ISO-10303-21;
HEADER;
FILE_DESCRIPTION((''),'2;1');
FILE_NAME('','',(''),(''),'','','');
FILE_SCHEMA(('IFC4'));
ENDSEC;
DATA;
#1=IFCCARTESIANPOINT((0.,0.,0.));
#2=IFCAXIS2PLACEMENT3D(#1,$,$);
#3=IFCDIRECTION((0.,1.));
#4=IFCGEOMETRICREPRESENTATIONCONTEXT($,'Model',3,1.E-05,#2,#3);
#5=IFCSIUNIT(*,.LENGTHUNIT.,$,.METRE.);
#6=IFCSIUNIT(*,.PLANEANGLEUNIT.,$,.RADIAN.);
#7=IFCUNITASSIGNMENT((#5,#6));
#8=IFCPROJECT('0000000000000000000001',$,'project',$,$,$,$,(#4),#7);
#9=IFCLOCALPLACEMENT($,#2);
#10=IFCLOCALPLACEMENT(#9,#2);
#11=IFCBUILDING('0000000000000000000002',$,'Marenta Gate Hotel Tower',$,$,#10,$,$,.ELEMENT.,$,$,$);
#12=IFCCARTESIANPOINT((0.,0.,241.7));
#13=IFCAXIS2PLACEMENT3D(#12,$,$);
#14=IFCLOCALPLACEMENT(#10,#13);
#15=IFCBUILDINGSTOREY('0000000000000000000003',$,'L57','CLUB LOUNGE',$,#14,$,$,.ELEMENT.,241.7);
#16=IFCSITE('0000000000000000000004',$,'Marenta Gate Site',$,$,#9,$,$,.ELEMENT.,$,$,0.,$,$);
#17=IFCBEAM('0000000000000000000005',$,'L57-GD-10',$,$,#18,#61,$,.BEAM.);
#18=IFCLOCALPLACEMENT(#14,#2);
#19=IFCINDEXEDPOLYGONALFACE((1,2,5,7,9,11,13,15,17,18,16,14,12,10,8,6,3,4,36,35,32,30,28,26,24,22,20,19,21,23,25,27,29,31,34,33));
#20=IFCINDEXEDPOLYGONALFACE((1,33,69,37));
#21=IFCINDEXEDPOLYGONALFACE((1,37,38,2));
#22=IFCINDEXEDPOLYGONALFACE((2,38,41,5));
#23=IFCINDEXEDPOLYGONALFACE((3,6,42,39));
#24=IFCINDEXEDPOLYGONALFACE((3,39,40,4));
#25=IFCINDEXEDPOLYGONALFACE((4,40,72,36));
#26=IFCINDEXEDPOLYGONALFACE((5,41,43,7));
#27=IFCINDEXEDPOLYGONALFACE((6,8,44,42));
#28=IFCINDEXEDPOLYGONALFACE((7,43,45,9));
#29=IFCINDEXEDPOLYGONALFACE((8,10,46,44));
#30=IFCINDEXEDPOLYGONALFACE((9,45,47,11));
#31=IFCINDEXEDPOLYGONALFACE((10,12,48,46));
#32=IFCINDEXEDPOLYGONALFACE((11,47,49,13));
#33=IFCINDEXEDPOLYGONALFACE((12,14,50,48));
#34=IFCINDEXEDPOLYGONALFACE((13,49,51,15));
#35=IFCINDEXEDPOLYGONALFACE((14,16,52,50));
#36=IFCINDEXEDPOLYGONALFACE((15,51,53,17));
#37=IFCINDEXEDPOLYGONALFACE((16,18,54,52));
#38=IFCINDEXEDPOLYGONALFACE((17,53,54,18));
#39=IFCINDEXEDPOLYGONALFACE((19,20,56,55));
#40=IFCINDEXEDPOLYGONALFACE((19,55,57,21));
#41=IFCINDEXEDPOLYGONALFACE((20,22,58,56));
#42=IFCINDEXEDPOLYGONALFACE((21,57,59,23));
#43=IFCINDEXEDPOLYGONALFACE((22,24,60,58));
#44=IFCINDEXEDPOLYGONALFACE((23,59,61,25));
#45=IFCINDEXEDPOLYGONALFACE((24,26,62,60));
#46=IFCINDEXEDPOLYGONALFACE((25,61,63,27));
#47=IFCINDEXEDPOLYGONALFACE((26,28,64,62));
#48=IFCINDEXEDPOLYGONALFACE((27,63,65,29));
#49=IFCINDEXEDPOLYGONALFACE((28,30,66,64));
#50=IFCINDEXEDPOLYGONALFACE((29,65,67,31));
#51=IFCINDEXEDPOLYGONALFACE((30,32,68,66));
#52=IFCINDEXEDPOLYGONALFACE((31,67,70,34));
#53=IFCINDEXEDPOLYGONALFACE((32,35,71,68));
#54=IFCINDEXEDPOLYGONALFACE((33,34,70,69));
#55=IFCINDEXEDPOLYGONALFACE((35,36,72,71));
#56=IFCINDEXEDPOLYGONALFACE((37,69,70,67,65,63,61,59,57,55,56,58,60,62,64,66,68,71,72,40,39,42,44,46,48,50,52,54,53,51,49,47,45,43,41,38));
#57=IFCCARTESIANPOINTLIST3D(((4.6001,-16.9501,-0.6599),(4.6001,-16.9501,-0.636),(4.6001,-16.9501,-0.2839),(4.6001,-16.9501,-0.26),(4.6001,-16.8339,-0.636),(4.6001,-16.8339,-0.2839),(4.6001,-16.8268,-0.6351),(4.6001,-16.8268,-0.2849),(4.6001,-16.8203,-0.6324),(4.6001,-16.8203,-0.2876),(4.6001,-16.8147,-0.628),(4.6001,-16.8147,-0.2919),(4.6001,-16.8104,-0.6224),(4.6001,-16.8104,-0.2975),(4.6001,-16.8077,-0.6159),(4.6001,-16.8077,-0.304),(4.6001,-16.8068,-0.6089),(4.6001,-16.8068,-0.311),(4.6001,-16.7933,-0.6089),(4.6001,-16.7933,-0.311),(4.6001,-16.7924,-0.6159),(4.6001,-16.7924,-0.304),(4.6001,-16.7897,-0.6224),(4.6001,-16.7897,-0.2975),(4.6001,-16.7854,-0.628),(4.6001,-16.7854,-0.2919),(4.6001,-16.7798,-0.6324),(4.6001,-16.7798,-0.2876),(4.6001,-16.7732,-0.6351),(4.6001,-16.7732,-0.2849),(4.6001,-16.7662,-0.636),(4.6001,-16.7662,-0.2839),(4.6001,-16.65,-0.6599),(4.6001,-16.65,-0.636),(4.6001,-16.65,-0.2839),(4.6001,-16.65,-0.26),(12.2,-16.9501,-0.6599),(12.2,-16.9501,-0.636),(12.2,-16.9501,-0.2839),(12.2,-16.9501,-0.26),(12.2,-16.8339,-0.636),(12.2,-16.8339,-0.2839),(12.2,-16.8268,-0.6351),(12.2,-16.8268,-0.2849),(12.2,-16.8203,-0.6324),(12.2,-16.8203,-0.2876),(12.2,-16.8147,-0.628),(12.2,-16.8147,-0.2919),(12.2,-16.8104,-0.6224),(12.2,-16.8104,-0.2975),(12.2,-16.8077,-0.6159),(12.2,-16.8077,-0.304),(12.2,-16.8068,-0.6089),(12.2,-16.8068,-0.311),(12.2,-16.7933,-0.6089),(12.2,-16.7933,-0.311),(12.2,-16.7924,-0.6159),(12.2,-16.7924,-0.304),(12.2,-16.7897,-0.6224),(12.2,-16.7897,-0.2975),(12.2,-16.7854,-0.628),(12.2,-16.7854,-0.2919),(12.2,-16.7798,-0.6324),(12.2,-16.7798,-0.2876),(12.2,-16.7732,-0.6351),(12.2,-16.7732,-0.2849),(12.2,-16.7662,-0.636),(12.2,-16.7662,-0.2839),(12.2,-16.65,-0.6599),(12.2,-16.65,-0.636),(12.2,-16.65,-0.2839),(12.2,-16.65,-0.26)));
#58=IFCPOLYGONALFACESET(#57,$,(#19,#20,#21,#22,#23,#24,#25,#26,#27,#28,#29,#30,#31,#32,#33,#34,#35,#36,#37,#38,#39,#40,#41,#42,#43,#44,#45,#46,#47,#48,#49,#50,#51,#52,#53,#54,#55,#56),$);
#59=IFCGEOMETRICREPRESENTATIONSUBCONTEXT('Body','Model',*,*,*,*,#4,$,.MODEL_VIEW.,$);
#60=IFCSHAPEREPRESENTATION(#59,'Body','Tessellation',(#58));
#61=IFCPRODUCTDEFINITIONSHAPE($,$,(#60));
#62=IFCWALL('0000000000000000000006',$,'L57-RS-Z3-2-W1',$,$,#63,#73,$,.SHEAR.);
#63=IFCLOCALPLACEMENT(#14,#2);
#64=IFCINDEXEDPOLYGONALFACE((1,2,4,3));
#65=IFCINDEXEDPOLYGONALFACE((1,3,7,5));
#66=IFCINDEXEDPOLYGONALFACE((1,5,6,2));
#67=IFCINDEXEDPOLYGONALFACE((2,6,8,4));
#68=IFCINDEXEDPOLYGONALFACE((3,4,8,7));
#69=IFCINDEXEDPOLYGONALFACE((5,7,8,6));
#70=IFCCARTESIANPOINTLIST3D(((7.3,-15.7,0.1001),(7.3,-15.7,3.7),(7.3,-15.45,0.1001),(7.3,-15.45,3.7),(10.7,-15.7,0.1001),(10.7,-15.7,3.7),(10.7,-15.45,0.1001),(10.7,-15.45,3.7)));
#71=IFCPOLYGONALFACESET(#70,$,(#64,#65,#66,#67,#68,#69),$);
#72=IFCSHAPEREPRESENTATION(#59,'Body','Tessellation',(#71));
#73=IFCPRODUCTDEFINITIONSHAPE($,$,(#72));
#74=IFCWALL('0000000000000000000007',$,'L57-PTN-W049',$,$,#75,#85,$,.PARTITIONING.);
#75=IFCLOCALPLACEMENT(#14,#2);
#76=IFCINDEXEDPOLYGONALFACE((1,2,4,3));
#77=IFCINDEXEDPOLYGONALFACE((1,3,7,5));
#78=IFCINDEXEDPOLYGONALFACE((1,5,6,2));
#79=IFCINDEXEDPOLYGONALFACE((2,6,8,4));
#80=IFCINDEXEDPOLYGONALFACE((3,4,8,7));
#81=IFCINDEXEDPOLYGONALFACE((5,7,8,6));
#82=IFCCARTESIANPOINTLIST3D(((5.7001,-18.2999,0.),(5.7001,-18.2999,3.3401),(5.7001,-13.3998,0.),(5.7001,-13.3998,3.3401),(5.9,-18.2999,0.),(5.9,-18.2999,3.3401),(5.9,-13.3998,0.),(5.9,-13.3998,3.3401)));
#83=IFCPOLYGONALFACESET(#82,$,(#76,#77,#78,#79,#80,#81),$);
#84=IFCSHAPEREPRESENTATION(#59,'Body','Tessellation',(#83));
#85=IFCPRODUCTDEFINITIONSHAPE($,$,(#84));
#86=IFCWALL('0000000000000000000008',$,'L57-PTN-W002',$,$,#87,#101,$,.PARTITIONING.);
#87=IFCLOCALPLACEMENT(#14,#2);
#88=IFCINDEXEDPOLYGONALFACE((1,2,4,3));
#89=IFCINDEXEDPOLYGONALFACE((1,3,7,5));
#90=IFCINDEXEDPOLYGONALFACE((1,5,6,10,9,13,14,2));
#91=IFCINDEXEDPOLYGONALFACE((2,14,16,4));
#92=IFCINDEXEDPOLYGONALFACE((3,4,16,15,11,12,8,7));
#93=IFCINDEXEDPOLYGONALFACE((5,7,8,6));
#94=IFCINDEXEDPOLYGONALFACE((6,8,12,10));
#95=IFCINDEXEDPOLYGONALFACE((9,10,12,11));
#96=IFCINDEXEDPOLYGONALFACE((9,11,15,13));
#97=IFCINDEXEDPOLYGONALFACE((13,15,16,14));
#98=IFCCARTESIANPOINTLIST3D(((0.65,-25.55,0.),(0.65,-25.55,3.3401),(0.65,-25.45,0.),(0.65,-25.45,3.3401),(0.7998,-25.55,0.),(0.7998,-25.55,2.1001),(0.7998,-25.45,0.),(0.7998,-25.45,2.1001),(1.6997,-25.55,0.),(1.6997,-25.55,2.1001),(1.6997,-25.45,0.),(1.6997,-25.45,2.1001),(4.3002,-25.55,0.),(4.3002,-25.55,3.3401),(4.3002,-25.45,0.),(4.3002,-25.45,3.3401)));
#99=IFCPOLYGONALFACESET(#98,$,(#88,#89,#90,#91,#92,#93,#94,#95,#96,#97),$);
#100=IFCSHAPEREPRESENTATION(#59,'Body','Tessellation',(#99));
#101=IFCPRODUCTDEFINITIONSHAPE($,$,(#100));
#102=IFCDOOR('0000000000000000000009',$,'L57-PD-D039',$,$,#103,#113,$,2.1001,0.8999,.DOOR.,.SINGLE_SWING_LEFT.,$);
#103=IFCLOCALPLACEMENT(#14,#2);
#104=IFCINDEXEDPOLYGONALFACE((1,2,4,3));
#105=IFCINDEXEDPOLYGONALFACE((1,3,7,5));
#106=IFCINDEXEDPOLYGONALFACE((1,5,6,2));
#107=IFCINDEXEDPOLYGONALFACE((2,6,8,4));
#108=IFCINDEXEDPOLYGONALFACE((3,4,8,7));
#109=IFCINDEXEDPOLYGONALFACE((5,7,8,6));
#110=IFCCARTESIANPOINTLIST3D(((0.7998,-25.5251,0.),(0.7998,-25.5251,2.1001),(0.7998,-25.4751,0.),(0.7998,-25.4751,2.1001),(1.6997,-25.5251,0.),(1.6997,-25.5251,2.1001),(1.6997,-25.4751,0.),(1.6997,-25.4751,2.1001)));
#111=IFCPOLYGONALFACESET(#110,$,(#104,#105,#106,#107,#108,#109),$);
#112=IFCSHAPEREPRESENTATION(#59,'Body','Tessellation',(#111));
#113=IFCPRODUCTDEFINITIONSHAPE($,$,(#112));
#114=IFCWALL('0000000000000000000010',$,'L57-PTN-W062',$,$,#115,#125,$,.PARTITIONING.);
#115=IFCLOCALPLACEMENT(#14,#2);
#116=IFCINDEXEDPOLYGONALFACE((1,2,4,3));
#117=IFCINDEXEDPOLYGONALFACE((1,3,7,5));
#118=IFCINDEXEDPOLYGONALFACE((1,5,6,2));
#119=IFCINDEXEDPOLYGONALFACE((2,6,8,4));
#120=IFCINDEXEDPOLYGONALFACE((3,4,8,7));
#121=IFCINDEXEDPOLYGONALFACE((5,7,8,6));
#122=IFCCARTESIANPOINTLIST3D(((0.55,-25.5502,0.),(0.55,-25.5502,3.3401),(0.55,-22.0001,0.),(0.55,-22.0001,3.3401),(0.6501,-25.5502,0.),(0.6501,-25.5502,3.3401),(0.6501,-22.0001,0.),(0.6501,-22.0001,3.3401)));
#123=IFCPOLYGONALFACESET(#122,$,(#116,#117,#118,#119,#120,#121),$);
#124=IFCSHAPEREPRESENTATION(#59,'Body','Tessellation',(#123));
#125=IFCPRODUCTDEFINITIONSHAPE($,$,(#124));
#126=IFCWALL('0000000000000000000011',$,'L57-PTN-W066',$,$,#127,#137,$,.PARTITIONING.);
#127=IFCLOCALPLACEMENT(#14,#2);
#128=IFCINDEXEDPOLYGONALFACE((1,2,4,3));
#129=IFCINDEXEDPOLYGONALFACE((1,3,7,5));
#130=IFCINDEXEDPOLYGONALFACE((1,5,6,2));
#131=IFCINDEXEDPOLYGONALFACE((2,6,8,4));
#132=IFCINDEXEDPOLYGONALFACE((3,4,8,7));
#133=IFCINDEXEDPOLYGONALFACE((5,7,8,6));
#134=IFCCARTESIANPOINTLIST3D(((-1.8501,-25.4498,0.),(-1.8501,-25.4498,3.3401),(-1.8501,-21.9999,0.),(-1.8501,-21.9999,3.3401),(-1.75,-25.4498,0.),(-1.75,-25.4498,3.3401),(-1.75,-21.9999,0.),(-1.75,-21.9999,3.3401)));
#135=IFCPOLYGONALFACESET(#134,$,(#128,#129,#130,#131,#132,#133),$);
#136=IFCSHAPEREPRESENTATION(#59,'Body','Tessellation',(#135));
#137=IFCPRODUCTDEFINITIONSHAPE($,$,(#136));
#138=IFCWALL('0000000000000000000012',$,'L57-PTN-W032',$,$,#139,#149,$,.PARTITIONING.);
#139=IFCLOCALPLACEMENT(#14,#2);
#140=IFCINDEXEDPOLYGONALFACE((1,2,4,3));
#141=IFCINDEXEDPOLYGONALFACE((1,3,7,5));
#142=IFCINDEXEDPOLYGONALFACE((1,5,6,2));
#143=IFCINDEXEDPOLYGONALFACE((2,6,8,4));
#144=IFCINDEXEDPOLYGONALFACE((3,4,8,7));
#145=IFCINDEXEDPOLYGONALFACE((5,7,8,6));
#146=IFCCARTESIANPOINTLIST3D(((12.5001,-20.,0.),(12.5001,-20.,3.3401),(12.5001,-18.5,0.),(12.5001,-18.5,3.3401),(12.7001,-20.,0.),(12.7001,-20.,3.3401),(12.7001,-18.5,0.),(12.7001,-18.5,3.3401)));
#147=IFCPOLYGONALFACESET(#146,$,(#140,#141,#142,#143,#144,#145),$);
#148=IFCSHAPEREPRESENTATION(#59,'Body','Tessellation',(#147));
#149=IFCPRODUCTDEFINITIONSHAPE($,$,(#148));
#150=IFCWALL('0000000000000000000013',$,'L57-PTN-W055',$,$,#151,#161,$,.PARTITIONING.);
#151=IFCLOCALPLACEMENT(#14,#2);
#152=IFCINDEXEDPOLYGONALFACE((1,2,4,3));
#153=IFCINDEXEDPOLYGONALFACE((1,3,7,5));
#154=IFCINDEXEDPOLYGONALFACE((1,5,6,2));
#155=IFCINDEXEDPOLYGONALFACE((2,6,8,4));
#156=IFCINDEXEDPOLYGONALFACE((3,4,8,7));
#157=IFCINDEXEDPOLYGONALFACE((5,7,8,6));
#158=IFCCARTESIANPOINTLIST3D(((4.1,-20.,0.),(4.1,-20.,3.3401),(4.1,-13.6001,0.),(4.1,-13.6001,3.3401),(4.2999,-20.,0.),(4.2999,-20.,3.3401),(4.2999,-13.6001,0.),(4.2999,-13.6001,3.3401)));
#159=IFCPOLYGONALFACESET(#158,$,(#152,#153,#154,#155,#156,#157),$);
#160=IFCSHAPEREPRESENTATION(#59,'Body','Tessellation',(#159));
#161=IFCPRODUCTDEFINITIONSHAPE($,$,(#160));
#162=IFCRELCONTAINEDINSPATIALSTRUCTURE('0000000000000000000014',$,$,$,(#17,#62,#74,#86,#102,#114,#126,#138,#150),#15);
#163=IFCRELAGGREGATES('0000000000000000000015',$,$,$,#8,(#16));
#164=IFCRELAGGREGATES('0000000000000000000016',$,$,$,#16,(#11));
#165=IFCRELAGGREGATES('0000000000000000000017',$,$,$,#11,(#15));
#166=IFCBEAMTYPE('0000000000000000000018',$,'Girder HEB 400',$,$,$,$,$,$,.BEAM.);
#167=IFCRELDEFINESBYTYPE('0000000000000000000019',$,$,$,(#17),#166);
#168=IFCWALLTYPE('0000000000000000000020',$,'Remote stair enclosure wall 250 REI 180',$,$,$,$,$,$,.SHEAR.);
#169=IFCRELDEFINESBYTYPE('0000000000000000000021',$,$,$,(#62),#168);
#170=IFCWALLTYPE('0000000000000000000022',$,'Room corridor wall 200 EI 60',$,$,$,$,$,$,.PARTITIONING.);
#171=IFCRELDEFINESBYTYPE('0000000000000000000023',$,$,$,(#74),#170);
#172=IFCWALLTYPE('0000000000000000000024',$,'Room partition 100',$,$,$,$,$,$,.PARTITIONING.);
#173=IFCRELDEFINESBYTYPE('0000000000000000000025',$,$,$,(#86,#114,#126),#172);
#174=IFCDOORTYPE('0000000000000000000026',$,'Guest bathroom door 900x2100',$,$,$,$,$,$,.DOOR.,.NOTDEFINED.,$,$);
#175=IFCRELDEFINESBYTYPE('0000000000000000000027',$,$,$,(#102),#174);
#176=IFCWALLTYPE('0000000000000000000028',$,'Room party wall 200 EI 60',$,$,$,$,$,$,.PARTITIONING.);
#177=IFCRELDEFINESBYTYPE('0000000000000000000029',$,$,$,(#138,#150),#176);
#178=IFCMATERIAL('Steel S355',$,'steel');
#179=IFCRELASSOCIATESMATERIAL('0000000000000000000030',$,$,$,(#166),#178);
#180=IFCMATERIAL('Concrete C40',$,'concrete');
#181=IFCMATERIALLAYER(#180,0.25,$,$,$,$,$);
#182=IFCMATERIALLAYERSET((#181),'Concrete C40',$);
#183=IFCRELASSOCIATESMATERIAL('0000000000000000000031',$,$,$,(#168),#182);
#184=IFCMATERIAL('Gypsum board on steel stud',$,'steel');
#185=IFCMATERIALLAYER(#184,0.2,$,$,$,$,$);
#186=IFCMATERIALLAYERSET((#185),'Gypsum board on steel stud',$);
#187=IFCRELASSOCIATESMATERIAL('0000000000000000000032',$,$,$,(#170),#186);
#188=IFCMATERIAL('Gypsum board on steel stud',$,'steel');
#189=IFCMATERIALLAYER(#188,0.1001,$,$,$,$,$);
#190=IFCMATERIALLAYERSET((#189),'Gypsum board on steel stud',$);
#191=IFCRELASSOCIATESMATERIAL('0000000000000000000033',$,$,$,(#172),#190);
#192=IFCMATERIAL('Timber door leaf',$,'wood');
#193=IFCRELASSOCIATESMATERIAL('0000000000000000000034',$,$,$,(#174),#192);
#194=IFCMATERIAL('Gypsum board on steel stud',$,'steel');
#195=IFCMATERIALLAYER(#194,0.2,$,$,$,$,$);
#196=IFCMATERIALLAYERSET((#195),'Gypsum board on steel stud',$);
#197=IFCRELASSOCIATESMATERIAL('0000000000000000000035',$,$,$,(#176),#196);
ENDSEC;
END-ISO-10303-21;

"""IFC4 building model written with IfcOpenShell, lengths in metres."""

from ifc_helpers import new_model, si_unit, direction, frame, frame_2d, origin, origin_2d, place, context, subcontext, project, spatial, rectangle, i_section, extrude, material, layer, layer_set, material_profile, profile_set, type_object, element, fill, save


model = new_model("IFC4")

# Units and contexts
model_context = context("Model", 3, precision=1e-05, world=origin(), true_north=direction((0.0, 1.0)))
body_context = subcontext(model_context, "Body", "Model", "MODEL_VIEW")
ifc_project = project(units=[si_unit("LENGTHUNIT", "METRE"), si_unit("PLANEANGLEUNIT", "RADIAN")], contexts=[model_context])

# Site, building, storey
site_placement = place(None, origin())
site = spatial("IfcSite", under=ifc_project, at=site_placement, Name="Marenta Gate Site", CompositionType="ELEMENT", RefElevation=0.0)
building_placement = place(site_placement, origin())
building = spatial("IfcBuilding", under=site, at=building_placement, Name="Marenta Gate Hotel Tower", CompositionType="ELEMENT")
storey_placement = place(building_placement, frame((0.0, 0.0, 241.7)))
storey = spatial("IfcBuildingStorey", under=building, at=storey_placement, Name="L57", Description="CLUB LOUNGE", CompositionType="ELEMENT", Elevation=241.7)

# Beam
ifc_material_1 = material(Name="Steel S355", Category="steel")
ifc_material_profile_1 = material_profile(ifc_material_1, i_section(OverallWidth=0.3, OverallDepth=0.3999, WebThickness=0.0134, FlangeThickness=0.0239, FilletRadius=0.0271, at=origin_2d()), Name="HEB 400")
ifc_profile_set_1 = profile_set([ifc_material_profile_1], Name="Steel S355")
beam_type_1 = type_object("IfcBeamType", Name="Girder HEB 400", PredefinedType="BEAM", material=ifc_profile_set_1)
beam_1_placement = place(storey_placement, frame((4.6001, -16.8, -0.46), z_axis=(1.0, 0.0, 0.0), x_axis=(0.0, 1.0, 0.0)))
element("IfcBeam", 1, at=beam_1_placement, inside=storey, type_object=beam_type_1, Name="L57-GD-10", PredefinedType="BEAM", context=body_context, shape_type="SweptSolid", body=[
    extrude(i_section(OverallWidth=0.3, OverallDepth=0.3999, WebThickness=0.0134, FlangeThickness=0.0239, FilletRadius=0.0271, at=origin_2d()), origin(), (0.0, 0.0, 1.0), 7.5999),
])

# Wall
ifc_material_2 = material(Name="Concrete C40", Category="concrete")
ifc_layer_1 = layer(ifc_material_2, 0.25)
ifc_layer_set_1 = layer_set([ifc_layer_1], Name="Concrete C40")
wall_type_1 = type_object("IfcWallType", Name="Remote stair enclosure wall 250 REI 180", PredefinedType="SHEAR", material=ifc_layer_set_1)
wall_1_placement = place(storey_placement, frame((7.3, -15.575, 0.1001), z_axis=(0.0, 0.0, 1.0), x_axis=(1.0, 0.0, 0.0)))
element("IfcWall", 2, at=wall_1_placement, inside=storey, type_object=wall_type_1, Name="L57-RS-Z3-2-W1", PredefinedType="SHEAR", context=body_context, shape_type="SweptSolid", body=[
    extrude(rectangle(XDim=3.3999, YDim=0.25, at=frame_2d((1.7, 0.0))), origin(), (0.0, 0.0, 1.0), 3.5999),
])

# Shared definitions
ifc_material_3 = material(Name="Gypsum board on steel stud", Category="steel")
ifc_layer_2 = layer(ifc_material_3, 0.2)
ifc_layer_set_2 = layer_set([ifc_layer_2], Name="Gypsum board on steel stud")
wall_type_2 = type_object("IfcWallType", Name="Room corridor wall 200 EI 60", PredefinedType="PARTITIONING", material=ifc_layer_set_2)

# Wall
wall_2_placement = place(storey_placement, frame((5.8, -18.3, 0.0), z_axis=(0.0, 0.0, 1.0), x_axis=(0.0, 1.0, 0.0)))
element("IfcWall", 3, at=wall_2_placement, inside=storey, type_object=wall_type_2, Name="L57-PTN-W049", PredefinedType="PARTITIONING", context=body_context, shape_type="SweptSolid", body=[
    extrude(rectangle(XDim=4.9001, YDim=0.2, at=frame_2d((2.4502, 0.0))), origin(), (0.0, 0.0, 1.0), 3.3401),
])

# Wall, opening, door
ifc_material_4 = material(Name="Gypsum board on steel stud", Category="steel")
ifc_layer_3 = layer(ifc_material_4, 0.1001)
ifc_layer_set_3 = layer_set([ifc_layer_3], Name="Gypsum board on steel stud")
wall_type_3 = type_object("IfcWallType", Name="Room partition 100", PredefinedType="PARTITIONING", material=ifc_layer_set_3)
wall_3_placement = place(storey_placement, frame((0.6499, -25.5, 0.0), z_axis=(0.0, 0.0, 1.0), x_axis=(1.0, 0.0, 0.0)))
wall_3 = element("IfcWall", 4, at=wall_3_placement, inside=storey, type_object=wall_type_3, Name="L57-PTN-W002", PredefinedType="PARTITIONING", context=body_context, shape_type="SweptSolid", body=[
    extrude(rectangle(XDim=3.6501, YDim=0.1001, at=frame_2d((1.8252, 0.0))), origin(), (0.0, 0.0, 1.0), 3.3401),
])
opening_1_placement = place(wall_3_placement, frame((0.1499, 0.0, 0.0)))
opening_1 = element("IfcOpeningElement", 5, at=opening_1_placement, cuts=wall_3, PredefinedType="OPENING", context=body_context, shape_type="SweptSolid", body=[
    extrude(rectangle(XDim=0.8999, YDim=2.1001, at=frame_2d((0.45, 1.05))), frame((0.0, 0.05, 0.0), z_axis=(0.0, -1.0, 0.0), x_axis=(1.0, 0.0, 0.0)), (0.0, 0.0, 1.0), 0.1001),
])
ifc_material_5 = material(Name="Timber door leaf", Category="wood")
door_type_1 = type_object("IfcDoorType", Name="Guest bathroom door 900x2100", OperationType="NOTDEFINED", PredefinedType="DOOR", material=ifc_material_5)
door_1_placement = place(opening_1_placement, origin())
door_1 = element("IfcDoor", 6, at=door_1_placement, inside=storey, type_object=door_type_1, Name="L57-PD-D039", OperationType="SINGLE_SWING_LEFT", OverallHeight=2.1001, OverallWidth=0.8999, PredefinedType="DOOR", context=body_context, shape_type="SweptSolid", body=[
    extrude(rectangle(XDim=0.8999, YDim=2.1001, at=frame_2d((0.45, 1.05))), frame((0.0, 0.0249, 0.0), z_axis=(0.0, -1.0, 0.0), x_axis=(1.0, 0.0, 0.0)), (0.0, 0.0, 1.0), 0.05),
])
fill(opening_1, door_1)

# Walls
wall_4_placement = place(storey_placement, frame((0.6001, -25.55, 0.0), z_axis=(0.0, 0.0, 1.0), x_axis=(0.0, 1.0, 0.0)))
element("IfcWall", 7, at=wall_4_placement, inside=storey, type_object=wall_type_3, Name="L57-PTN-W062", PredefinedType="PARTITIONING", context=body_context, shape_type="SweptSolid", body=[
    extrude(rectangle(XDim=3.55, YDim=0.1001, at=frame_2d((1.7749, 0.0))), origin(), (0.0, 0.0, 1.0), 3.3401),
])
wall_5_placement = place(storey_placement, frame((-1.8, -25.45, 0.0), z_axis=(0.0, 0.0, 1.0), x_axis=(0.0, 1.0, 0.0)))
element("IfcWall", 8, at=wall_5_placement, inside=storey, type_object=wall_type_3, Name="L57-PTN-W066", PredefinedType="PARTITIONING", context=body_context, shape_type="SweptSolid", body=[
    extrude(rectangle(XDim=3.45, YDim=0.1001, at=frame_2d((1.7251, 0.0))), origin(), (0.0, 0.0, 1.0), 3.3401),
])
ifc_material_6 = material(Name="Gypsum board on steel stud", Category="steel")
ifc_layer_4 = layer(ifc_material_6, 0.2)
ifc_layer_set_4 = layer_set([ifc_layer_4], Name="Gypsum board on steel stud")
wall_type_4 = type_object("IfcWallType", Name="Room party wall 200 EI 60", PredefinedType="PARTITIONING", material=ifc_layer_set_4)
wall_6_placement = place(storey_placement, frame((12.6001, -20.0, 0.0), z_axis=(0.0, 0.0, 1.0), x_axis=(0.0, 1.0, 0.0)))
element("IfcWall", 9, at=wall_6_placement, inside=storey, type_object=wall_type_4, Name="L57-PTN-W032", PredefinedType="PARTITIONING", context=body_context, shape_type="SweptSolid", body=[
    extrude(rectangle(XDim=1.5, YDim=0.2, at=frame_2d((0.75, 0.0))), origin(), (0.0, 0.0, 1.0), 3.3401),
])
wall_7_placement = place(storey_placement, frame((4.2, -20.0, 0.0), z_axis=(0.0, 0.0, 1.0), x_axis=(0.0, 1.0, 0.0)))
element("IfcWall", 10, at=wall_7_placement, inside=storey, type_object=wall_type_4, Name="L57-PTN-W055", PredefinedType="PARTITIONING", context=body_context, shape_type="SweptSolid", body=[
    extrude(rectangle(XDim=6.3999, YDim=0.2, at=frame_2d((3.2, 0.0))), origin(), (0.0, 0.0, 1.0), 3.3401),
])

save(model, "model.ifc")
